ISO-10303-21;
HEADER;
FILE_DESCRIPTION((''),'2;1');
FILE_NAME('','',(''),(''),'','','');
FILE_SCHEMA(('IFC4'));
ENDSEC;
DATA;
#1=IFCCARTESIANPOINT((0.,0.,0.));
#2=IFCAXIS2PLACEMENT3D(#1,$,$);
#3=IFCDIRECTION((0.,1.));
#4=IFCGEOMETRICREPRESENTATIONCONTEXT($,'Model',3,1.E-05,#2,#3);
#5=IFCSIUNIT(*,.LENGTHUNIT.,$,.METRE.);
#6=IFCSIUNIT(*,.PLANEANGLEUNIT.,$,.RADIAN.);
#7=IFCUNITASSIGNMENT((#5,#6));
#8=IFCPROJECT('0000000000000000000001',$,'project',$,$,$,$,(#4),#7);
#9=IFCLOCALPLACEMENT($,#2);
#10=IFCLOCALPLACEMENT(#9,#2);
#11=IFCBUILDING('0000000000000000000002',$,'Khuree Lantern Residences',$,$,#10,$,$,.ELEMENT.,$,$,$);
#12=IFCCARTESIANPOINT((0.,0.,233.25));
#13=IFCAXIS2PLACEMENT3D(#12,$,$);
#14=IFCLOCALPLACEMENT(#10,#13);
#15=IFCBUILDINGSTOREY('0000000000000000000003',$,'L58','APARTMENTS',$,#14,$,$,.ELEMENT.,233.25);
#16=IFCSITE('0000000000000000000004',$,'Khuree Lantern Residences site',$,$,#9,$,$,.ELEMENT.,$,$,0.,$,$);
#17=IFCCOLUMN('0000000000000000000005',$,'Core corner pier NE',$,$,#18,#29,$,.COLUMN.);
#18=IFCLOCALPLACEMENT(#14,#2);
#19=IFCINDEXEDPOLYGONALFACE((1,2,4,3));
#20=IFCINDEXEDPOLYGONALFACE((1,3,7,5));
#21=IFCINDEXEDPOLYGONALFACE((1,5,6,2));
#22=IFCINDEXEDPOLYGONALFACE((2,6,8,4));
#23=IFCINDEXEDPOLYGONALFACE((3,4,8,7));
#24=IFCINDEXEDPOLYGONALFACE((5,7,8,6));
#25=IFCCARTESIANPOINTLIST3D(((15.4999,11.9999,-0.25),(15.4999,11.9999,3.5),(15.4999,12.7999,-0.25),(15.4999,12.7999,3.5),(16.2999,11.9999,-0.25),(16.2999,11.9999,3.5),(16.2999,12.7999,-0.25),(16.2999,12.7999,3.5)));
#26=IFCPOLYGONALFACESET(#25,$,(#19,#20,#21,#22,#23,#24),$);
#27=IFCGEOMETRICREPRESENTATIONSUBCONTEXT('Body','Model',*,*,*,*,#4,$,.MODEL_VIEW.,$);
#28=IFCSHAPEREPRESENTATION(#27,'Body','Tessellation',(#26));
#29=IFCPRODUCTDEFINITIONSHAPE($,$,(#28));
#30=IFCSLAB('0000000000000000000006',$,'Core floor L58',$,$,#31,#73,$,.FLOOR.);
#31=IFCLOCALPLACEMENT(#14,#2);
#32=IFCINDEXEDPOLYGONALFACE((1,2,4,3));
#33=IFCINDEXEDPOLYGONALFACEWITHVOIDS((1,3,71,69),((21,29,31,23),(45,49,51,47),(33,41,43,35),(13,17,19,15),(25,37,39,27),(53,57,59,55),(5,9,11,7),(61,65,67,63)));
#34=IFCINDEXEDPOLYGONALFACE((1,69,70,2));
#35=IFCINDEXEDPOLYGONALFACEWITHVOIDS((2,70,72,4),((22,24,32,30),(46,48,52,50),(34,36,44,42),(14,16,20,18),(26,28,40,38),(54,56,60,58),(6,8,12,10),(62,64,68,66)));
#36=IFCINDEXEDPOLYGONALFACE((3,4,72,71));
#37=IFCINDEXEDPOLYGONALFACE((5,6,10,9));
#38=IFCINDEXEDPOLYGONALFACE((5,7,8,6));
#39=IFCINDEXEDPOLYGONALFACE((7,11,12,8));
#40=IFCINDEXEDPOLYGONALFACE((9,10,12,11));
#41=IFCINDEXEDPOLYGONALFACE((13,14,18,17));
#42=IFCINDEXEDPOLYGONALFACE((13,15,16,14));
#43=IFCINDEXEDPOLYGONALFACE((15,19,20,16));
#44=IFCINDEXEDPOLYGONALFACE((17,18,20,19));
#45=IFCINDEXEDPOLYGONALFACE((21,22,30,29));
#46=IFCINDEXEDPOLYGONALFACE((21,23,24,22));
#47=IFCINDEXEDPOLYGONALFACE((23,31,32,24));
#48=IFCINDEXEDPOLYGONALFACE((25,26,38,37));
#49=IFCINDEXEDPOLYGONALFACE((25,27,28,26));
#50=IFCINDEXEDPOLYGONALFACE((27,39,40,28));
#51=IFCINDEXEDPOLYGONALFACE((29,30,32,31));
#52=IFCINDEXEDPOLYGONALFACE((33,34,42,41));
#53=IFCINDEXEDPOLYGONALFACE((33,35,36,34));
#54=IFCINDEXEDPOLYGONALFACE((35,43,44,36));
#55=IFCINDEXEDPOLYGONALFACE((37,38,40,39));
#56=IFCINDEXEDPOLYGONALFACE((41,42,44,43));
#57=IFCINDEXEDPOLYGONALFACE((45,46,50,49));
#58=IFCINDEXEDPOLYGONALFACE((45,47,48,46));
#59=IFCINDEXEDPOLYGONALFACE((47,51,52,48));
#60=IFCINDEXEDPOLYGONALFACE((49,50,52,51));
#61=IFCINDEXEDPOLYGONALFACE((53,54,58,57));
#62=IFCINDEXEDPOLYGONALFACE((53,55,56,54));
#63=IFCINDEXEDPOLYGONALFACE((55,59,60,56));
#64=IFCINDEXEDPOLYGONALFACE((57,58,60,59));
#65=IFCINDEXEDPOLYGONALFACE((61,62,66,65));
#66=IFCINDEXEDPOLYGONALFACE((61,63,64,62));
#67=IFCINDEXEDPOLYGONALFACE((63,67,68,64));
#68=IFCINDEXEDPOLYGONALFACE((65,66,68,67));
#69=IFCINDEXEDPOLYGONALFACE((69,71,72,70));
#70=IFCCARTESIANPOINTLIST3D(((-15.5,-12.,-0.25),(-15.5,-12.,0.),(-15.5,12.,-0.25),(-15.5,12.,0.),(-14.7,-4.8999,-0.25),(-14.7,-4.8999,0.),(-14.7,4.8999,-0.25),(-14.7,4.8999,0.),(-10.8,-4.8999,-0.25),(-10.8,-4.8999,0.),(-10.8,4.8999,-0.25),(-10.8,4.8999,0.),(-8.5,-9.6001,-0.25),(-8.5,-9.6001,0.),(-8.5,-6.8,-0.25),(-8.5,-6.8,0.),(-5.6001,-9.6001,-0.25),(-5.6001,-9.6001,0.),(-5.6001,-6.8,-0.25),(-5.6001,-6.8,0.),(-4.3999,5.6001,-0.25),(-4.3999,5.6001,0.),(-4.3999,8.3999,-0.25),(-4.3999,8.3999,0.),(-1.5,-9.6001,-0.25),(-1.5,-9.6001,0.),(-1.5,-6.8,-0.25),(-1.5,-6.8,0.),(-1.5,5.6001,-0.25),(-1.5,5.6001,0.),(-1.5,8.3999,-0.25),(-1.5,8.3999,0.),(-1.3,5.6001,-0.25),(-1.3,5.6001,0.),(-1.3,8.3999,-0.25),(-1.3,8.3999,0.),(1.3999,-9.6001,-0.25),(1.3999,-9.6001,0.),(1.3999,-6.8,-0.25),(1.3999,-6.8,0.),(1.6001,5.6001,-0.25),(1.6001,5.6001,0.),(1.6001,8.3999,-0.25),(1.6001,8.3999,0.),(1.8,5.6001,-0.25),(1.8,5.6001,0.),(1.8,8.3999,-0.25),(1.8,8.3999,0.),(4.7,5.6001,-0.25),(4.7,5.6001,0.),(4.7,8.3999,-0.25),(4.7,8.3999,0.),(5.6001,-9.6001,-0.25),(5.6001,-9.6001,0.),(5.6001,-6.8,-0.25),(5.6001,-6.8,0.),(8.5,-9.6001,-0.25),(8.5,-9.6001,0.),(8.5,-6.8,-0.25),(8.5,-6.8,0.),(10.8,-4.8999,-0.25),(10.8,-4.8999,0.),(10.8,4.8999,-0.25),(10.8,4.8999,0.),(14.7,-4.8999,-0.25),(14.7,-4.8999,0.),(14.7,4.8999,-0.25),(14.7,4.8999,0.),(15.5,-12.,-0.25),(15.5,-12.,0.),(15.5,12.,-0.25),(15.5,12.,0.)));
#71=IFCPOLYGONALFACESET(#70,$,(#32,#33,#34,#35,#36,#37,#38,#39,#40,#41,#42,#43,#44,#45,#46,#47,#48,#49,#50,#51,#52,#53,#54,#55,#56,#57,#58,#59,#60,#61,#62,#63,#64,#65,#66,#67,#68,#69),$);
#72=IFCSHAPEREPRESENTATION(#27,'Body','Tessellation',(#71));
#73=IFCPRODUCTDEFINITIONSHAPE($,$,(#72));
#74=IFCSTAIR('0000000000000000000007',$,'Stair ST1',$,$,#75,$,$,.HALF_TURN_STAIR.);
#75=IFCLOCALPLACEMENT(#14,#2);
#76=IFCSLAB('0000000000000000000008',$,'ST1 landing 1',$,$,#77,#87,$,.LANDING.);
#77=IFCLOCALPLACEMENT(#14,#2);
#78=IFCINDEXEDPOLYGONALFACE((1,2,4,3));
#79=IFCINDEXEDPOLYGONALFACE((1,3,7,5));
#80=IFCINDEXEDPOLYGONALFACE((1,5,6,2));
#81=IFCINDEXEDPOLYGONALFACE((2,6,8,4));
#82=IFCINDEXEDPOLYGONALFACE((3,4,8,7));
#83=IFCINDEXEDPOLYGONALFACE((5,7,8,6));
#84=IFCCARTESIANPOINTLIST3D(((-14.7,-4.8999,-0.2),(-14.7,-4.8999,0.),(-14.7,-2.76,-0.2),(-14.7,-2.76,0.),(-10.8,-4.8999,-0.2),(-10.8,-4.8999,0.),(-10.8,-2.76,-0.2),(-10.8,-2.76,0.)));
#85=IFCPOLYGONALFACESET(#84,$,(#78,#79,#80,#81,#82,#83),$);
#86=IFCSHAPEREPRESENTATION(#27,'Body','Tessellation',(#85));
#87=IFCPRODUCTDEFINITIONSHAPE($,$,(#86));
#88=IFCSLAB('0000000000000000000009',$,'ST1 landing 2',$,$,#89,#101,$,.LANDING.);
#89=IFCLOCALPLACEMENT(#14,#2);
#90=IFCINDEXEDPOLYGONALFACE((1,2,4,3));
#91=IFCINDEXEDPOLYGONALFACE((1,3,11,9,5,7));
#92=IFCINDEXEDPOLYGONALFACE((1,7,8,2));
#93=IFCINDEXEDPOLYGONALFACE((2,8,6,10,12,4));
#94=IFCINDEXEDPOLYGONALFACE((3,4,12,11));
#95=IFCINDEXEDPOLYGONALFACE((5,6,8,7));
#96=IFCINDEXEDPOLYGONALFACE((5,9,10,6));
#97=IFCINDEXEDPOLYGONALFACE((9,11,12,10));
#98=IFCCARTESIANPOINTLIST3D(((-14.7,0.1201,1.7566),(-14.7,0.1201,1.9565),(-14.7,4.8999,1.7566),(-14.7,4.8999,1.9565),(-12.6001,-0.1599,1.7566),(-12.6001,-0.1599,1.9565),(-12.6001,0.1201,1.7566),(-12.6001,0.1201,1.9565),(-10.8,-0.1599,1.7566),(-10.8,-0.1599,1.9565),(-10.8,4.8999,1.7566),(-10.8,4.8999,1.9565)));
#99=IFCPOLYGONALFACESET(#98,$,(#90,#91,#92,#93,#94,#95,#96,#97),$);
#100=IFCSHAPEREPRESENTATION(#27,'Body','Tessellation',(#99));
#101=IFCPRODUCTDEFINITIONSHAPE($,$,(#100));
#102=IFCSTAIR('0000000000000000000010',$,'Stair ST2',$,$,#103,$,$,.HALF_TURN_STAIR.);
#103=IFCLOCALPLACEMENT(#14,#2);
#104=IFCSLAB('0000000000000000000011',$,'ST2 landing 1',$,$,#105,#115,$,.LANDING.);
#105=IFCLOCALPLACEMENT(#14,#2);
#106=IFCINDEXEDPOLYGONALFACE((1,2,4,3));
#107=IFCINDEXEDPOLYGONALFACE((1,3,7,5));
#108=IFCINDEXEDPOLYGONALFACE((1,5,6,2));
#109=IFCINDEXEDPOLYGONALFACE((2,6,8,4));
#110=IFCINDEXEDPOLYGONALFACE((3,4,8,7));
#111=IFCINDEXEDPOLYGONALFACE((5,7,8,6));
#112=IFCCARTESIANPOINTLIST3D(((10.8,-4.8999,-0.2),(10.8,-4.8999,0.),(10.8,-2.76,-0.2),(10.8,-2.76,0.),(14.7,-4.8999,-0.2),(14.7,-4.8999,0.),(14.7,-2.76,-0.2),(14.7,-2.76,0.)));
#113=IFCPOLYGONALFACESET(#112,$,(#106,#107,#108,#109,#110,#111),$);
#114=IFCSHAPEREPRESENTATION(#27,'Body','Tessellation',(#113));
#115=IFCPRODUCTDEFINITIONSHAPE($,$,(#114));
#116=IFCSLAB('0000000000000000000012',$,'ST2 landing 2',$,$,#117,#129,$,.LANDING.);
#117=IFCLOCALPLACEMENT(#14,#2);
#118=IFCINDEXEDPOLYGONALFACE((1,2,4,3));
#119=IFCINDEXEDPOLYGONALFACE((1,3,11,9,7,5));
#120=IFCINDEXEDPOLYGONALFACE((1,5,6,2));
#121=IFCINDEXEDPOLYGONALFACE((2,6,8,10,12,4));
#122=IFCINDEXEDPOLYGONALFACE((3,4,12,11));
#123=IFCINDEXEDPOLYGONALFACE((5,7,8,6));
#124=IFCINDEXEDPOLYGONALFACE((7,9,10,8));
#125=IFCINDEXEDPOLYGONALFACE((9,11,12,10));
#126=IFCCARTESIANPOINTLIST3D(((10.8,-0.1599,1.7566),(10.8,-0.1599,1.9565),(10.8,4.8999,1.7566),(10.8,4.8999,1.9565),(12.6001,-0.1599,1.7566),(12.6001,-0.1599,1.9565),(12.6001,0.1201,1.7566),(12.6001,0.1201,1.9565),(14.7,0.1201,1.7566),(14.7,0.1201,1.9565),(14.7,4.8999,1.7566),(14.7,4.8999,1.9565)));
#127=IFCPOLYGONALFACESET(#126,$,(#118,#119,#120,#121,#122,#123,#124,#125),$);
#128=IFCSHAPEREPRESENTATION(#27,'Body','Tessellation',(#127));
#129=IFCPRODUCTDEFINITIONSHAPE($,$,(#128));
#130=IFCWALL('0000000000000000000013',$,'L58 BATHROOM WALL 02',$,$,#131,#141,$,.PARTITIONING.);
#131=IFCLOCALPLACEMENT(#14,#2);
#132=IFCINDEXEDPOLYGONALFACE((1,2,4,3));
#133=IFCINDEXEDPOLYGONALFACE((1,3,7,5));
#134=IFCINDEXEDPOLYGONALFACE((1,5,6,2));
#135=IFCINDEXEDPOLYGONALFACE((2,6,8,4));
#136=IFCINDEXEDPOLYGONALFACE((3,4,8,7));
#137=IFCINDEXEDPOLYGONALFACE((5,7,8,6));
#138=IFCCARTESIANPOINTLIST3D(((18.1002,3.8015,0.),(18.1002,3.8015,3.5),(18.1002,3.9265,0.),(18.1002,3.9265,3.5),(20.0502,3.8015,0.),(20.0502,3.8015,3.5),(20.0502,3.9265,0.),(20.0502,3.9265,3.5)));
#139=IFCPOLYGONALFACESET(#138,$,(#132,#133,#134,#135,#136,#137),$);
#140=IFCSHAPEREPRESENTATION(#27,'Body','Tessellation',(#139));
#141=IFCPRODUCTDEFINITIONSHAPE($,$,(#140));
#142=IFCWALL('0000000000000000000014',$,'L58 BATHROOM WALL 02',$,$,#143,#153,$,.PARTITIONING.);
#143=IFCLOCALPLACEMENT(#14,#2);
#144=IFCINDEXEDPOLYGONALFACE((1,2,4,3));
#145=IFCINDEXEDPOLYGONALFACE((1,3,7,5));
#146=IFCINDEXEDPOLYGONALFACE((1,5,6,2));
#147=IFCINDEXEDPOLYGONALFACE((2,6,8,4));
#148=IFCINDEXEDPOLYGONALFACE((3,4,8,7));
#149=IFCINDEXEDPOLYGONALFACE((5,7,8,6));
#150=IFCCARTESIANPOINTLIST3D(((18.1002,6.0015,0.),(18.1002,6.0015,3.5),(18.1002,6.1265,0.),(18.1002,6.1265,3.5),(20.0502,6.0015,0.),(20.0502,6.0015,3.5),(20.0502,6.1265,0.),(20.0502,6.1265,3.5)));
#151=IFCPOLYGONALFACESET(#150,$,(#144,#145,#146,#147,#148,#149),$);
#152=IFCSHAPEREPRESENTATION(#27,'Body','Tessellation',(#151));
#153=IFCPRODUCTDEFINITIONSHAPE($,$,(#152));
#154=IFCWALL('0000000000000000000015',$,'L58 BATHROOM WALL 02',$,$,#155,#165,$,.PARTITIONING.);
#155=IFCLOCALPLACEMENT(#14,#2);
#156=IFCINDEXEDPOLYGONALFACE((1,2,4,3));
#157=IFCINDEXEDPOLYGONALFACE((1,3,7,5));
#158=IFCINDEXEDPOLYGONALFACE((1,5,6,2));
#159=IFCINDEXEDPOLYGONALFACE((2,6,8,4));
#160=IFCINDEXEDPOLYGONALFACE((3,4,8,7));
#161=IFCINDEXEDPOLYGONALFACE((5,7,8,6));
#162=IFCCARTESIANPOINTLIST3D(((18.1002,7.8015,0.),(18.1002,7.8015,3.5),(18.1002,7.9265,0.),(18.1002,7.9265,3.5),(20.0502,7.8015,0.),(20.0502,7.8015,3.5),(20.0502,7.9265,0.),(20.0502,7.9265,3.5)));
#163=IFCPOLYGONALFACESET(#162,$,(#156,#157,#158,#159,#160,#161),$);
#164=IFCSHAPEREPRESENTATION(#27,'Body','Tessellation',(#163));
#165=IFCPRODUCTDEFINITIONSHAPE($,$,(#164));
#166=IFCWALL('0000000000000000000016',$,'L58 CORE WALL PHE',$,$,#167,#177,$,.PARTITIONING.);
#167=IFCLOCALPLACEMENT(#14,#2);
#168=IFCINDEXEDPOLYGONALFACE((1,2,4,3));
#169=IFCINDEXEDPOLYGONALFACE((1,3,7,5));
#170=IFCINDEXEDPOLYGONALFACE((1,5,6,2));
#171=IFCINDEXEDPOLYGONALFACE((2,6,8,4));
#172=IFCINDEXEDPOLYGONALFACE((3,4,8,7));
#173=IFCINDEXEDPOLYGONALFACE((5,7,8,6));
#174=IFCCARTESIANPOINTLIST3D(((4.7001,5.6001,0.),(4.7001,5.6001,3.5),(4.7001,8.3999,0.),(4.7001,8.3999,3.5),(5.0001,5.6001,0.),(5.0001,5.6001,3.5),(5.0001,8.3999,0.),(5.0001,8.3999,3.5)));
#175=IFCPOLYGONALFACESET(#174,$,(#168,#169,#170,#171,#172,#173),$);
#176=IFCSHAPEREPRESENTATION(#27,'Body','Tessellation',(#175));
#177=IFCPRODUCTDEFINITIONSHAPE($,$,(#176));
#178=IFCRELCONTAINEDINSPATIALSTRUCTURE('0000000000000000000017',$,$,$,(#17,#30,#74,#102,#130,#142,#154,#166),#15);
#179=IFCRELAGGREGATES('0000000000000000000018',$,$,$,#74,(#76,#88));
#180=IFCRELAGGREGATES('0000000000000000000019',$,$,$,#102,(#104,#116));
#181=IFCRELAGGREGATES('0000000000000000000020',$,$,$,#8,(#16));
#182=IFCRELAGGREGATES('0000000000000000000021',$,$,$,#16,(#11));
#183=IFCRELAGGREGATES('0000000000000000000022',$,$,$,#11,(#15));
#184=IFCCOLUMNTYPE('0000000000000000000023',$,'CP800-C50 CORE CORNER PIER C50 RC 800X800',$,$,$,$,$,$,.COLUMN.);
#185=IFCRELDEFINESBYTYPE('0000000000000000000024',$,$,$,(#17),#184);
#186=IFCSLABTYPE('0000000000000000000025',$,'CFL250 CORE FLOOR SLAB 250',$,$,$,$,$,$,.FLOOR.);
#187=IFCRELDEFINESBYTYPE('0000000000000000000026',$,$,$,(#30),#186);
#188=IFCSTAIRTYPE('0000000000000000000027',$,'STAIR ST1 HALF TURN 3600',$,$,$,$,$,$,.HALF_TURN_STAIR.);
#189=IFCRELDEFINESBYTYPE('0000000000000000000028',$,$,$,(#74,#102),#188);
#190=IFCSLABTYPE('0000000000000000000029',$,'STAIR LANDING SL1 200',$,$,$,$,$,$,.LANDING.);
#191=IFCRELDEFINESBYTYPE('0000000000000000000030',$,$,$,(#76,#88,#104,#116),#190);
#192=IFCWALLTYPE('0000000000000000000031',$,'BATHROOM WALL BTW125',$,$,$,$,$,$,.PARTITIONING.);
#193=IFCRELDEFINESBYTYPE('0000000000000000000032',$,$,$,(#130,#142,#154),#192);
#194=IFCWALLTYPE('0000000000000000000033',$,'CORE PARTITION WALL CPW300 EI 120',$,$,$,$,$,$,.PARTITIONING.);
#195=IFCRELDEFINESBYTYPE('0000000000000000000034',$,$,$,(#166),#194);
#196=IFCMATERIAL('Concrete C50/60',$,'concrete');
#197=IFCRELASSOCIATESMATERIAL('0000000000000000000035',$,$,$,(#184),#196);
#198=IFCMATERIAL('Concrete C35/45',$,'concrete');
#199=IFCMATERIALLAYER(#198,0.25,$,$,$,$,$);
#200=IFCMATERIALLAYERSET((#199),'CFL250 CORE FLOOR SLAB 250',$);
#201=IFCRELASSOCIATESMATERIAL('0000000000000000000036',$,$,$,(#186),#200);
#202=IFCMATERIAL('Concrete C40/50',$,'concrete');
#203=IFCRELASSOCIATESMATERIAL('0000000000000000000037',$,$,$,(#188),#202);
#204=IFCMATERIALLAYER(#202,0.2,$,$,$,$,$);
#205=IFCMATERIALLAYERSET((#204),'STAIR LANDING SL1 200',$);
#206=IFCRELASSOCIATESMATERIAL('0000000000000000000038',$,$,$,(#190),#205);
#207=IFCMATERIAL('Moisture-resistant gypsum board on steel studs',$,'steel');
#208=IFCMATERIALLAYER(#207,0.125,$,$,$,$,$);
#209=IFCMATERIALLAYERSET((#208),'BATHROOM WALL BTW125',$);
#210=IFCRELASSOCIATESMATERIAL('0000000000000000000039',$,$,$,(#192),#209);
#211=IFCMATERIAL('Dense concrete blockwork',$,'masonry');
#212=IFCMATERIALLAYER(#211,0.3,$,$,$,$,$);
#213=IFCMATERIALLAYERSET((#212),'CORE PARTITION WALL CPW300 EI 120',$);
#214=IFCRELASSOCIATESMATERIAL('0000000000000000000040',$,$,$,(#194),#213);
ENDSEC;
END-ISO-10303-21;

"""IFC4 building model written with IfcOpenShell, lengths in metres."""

from ifc_helpers import new_model, si_unit, direction, frame, frame_2d, origin, origin_2d, place, context, subcontext, project, spatial, polyline, rectangle, outline, extrude, material, layer, layer_set, material_profile, profile_set, type_object, element, aggregate, save


model = new_model("IFC4")

# Units and contexts
model_context = context("Model", 3, precision=1e-05, world=origin(), true_north=direction((0.0, 1.0)))
body_context = subcontext(model_context, "Body", "Model", "MODEL_VIEW")
ifc_project = project(units=[si_unit("LENGTHUNIT", "METRE"), si_unit("PLANEANGLEUNIT", "RADIAN")], contexts=[model_context])

# Site, building, storey
site_placement = place(None, origin())
site = spatial("IfcSite", under=ifc_project, at=site_placement, Name="Khuree Lantern Residences site", CompositionType="ELEMENT", RefElevation=0.0)
building_placement = place(site_placement, origin())
building = spatial("IfcBuilding", under=site, at=building_placement, Name="Khuree Lantern Residences", CompositionType="ELEMENT")
storey_placement = place(building_placement, frame((0.0, 0.0, 233.25)))
storey = spatial("IfcBuildingStorey", under=building, at=storey_placement, Name="L58", Description="APARTMENTS", CompositionType="ELEMENT", Elevation=233.25)

# Column
ifc_material_1 = material(Name="Concrete C50/60", Category="concrete")
ifc_material_profile = material_profile(ifc_material_1, rectangle(XDim=0.8, YDim=0.8, at=origin_2d()), Name="RC 800X800")
ifc_profile_set = profile_set([ifc_material_profile], Name="Concrete C50/60")
column_type = type_object("IfcColumnType", Name="CP800-C50 CORE CORNER PIER C50 RC 800X800", PredefinedType="COLUMN", material=ifc_profile_set)
column_placement = place(storey_placement, frame((15.8999, 12.3999, -0.25), z_axis=(0.0, 0.0, 1.0), x_axis=(1.0, 0.0, 0.0)))
element("IfcColumn", 1, at=column_placement, inside=storey, type_object=column_type, Name="Core corner pier NE", PredefinedType="COLUMN", context=body_context, shape_type="SweptSolid", body=[
    extrude(rectangle(XDim=0.8, YDim=0.8, at=origin_2d()), origin(), (0.0, 0.0, 1.0), 3.75),
])

# Slab
ifc_material_2 = material(Name="Concrete C35/45", Category="concrete")
ifc_layer_1 = layer(ifc_material_2, 0.25)
ifc_layer_set_1 = layer_set([ifc_layer_1], Name="CFL250 CORE FLOOR SLAB 250")
slab_type_1 = type_object("IfcSlabType", Name="CFL250 CORE FLOOR SLAB 250", PredefinedType="FLOOR", material=ifc_layer_set_1)
slab_1_placement = place(storey_placement, frame((0.0, 0.0, -0.25)))
element("IfcSlab", 2, at=slab_1_placement, inside=storey, type_object=slab_type_1, Name="Core floor L58", PredefinedType="FLOOR", context=body_context, shape_type="SweptSolid", body=[
    extrude(outline(polyline([(-15.5, -12.0), (-15.5, 12.0), (15.5, 12.0), (15.5, -12.0), (-15.5, -12.0)]), holes=[polyline([(10.8, 4.8999), (10.8, -4.8999), (14.7, -4.8999), (14.7, 4.8999), (10.8, 4.8999)]), polyline([(5.6001, -6.8), (5.6001, -9.6001), (8.5, -9.6001), (8.5, -6.8), (5.6001, -6.8)]), polyline([(1.8, 8.3999), (1.8, 5.6001), (4.7, 5.6001), (4.7, 8.3999), (1.8, 8.3999)]), polyline([(-1.3, 8.3999), (-1.3, 5.6001), (1.6001, 5.6001), (1.6001, 8.3999), (-1.3, 8.3999)]), polyline([(-1.5, -6.8), (-1.5, -9.6001), (1.3999, -9.6001), (1.3999, -6.8), (-1.5, -6.8)]), polyline([(-4.3999, 8.3999), (-4.3999, 5.6001), (-1.5, 5.6001), (-1.5, 8.3999), (-4.3999, 8.3999)]), polyline([(-8.5, -6.8), (-8.5, -9.6001), (-5.6001, -9.6001), (-5.6001, -6.8), (-8.5, -6.8)]), polyline([(-14.7, 4.8999), (-14.7, -4.8999), (-10.8, -4.8999), (-10.8, 4.8999), (-14.7, 4.8999)])]), origin(), (0.0, 0.0, 1.0), 0.25),
])

# Stairs, slabs
ifc_material_3 = material(Name="Concrete C40/50", Category="concrete")
stair_type = type_object("IfcStairType", Name="STAIR ST1 HALF TURN 3600", PredefinedType="HALF_TURN_STAIR", material=ifc_material_3)
stair_1_placement = place(storey_placement, origin())
stair_1 = element("IfcStair", 3, at=stair_1_placement, inside=storey, type_object=stair_type, Name="Stair ST1", PredefinedType="HALF_TURN_STAIR")
ifc_layer_2 = layer(ifc_material_3, 0.2)
ifc_layer_set_2 = layer_set([ifc_layer_2], Name="STAIR LANDING SL1 200")
slab_type_2 = type_object("IfcSlabType", Name="STAIR LANDING SL1 200", PredefinedType="LANDING", material=ifc_layer_set_2)
slab_2_placement = place(storey_placement, frame((0.0, 0.0, -0.2)))
slab_2 = element("IfcSlab", 4, at=slab_2_placement, type_object=slab_type_2, Name="ST1 landing 1", PredefinedType="LANDING", context=body_context, shape_type="SweptSolid", body=[
    extrude(outline(polyline([(-14.7, -4.8999), (-10.8, -4.8999), (-10.8, -2.76), (-14.7, -2.76), (-14.7, -4.8999)])), origin(), (0.0, 0.0, 1.0), 0.2),
])
slab_3_placement = place(storey_placement, frame((0.0, 0.0, 1.7566)))
slab_3 = element("IfcSlab", 5, at=slab_3_placement, type_object=slab_type_2, Name="ST1 landing 2", PredefinedType="LANDING", context=body_context, shape_type="SweptSolid", body=[
    extrude(outline(polyline([(-14.7, 0.1201), (-14.7, 4.8999), (-10.8, 4.8999), (-10.8, -0.1599), (-12.6001, -0.1599), (-12.6001, 0.1201), (-14.7, 0.1201)])), origin(), (0.0, 0.0, 1.0), 0.2),
])
aggregate(stair_1, [slab_2, slab_3])
stair_2_placement = place(storey_placement, origin())
stair_2 = element("IfcStair", 6, at=stair_2_placement, inside=storey, type_object=stair_type, Name="Stair ST2", PredefinedType="HALF_TURN_STAIR")
slab_4_placement = place(storey_placement, frame((0.0, 0.0, -0.2)))
slab_4 = element("IfcSlab", 7, at=slab_4_placement, type_object=slab_type_2, Name="ST2 landing 1", PredefinedType="LANDING", context=body_context, shape_type="SweptSolid", body=[
    extrude(outline(polyline([(10.8, -4.8999), (14.7, -4.8999), (14.7, -2.76), (10.8, -2.76), (10.8, -4.8999)])), origin(), (0.0, 0.0, 1.0), 0.2),
])
slab_5_placement = place(storey_placement, frame((0.0, 0.0, 1.7566)))
slab_5 = element("IfcSlab", 8, at=slab_5_placement, type_object=slab_type_2, Name="ST2 landing 2", PredefinedType="LANDING", context=body_context, shape_type="SweptSolid", body=[
    extrude(outline(polyline([(14.7, 4.8999), (14.7, 0.1201), (12.6001, 0.1201), (12.6001, -0.1599), (10.8, -0.1599), (10.8, 4.8999), (14.7, 4.8999)])), origin(), (0.0, 0.0, 1.0), 0.2),
])
aggregate(stair_2, [slab_4, slab_5])

# Walls
ifc_material_4 = material(Name="Moisture-resistant gypsum board on steel studs", Category="steel")
ifc_layer_3 = layer(ifc_material_4, 0.125)
ifc_layer_set_3 = layer_set([ifc_layer_3], Name="BATHROOM WALL BTW125")
wall_type_1 = type_object("IfcWallType", Name="BATHROOM WALL BTW125", PredefinedType="PARTITIONING", material=ifc_layer_set_3)
for number, where, z_axis, x_axis, name in (
    (9, (18.1001, 3.864, 0.0), (0.0, 0.0, 1.0), (1.0, 0.0, 0.0), "L58 BATHROOM WALL 02"),
    (10, (18.1001, 6.064, 0.0), (0.0, 0.0, 1.0), (1.0, 0.0, 0.0), "L58 BATHROOM WALL 02"),
    (11, (18.1001, 7.864, 0.0), (0.0, 0.0, 1.0), (1.0, 0.0, 0.0), "L58 BATHROOM WALL 02"),
):
    element("IfcWall", number, at=place(storey_placement, frame(where, z_axis=z_axis, x_axis=x_axis)), inside=storey, type_object=wall_type_1, Name=name, PredefinedType="PARTITIONING", context=body_context, shape_type="SweptSolid", body=[
        extrude(rectangle(XDim=1.95, YDim=0.125, at=frame_2d((0.9751, 0.0))), origin(), (0.0, 0.0, 1.0), 3.5),
    ])
ifc_material_5 = material(Name="Dense concrete blockwork", Category="masonry")
ifc_layer_4 = layer(ifc_material_5, 0.3)
ifc_layer_set_4 = layer_set([ifc_layer_4], Name="CORE PARTITION WALL CPW300 EI 120")
wall_type_2 = type_object("IfcWallType", Name="CORE PARTITION WALL CPW300 EI 120", PredefinedType="PARTITIONING", material=ifc_layer_set_4)
wall_1_placement = place(storey_placement, frame((4.8501, 5.6001, 0.0), z_axis=(0.0, 0.0, 1.0), x_axis=(0.0, 1.0, 0.0)))
element("IfcWall", 12, at=wall_1_placement, inside=storey, type_object=wall_type_2, Name="L58 CORE WALL PHE", PredefinedType="PARTITIONING", context=body_context, shape_type="SweptSolid", body=[
    extrude(rectangle(XDim=2.7998, YDim=0.3, at=frame_2d((1.3999, 0.0))), origin(), (0.0, 0.0, 1.0), 3.5),
])

save(model, "model.ifc")
